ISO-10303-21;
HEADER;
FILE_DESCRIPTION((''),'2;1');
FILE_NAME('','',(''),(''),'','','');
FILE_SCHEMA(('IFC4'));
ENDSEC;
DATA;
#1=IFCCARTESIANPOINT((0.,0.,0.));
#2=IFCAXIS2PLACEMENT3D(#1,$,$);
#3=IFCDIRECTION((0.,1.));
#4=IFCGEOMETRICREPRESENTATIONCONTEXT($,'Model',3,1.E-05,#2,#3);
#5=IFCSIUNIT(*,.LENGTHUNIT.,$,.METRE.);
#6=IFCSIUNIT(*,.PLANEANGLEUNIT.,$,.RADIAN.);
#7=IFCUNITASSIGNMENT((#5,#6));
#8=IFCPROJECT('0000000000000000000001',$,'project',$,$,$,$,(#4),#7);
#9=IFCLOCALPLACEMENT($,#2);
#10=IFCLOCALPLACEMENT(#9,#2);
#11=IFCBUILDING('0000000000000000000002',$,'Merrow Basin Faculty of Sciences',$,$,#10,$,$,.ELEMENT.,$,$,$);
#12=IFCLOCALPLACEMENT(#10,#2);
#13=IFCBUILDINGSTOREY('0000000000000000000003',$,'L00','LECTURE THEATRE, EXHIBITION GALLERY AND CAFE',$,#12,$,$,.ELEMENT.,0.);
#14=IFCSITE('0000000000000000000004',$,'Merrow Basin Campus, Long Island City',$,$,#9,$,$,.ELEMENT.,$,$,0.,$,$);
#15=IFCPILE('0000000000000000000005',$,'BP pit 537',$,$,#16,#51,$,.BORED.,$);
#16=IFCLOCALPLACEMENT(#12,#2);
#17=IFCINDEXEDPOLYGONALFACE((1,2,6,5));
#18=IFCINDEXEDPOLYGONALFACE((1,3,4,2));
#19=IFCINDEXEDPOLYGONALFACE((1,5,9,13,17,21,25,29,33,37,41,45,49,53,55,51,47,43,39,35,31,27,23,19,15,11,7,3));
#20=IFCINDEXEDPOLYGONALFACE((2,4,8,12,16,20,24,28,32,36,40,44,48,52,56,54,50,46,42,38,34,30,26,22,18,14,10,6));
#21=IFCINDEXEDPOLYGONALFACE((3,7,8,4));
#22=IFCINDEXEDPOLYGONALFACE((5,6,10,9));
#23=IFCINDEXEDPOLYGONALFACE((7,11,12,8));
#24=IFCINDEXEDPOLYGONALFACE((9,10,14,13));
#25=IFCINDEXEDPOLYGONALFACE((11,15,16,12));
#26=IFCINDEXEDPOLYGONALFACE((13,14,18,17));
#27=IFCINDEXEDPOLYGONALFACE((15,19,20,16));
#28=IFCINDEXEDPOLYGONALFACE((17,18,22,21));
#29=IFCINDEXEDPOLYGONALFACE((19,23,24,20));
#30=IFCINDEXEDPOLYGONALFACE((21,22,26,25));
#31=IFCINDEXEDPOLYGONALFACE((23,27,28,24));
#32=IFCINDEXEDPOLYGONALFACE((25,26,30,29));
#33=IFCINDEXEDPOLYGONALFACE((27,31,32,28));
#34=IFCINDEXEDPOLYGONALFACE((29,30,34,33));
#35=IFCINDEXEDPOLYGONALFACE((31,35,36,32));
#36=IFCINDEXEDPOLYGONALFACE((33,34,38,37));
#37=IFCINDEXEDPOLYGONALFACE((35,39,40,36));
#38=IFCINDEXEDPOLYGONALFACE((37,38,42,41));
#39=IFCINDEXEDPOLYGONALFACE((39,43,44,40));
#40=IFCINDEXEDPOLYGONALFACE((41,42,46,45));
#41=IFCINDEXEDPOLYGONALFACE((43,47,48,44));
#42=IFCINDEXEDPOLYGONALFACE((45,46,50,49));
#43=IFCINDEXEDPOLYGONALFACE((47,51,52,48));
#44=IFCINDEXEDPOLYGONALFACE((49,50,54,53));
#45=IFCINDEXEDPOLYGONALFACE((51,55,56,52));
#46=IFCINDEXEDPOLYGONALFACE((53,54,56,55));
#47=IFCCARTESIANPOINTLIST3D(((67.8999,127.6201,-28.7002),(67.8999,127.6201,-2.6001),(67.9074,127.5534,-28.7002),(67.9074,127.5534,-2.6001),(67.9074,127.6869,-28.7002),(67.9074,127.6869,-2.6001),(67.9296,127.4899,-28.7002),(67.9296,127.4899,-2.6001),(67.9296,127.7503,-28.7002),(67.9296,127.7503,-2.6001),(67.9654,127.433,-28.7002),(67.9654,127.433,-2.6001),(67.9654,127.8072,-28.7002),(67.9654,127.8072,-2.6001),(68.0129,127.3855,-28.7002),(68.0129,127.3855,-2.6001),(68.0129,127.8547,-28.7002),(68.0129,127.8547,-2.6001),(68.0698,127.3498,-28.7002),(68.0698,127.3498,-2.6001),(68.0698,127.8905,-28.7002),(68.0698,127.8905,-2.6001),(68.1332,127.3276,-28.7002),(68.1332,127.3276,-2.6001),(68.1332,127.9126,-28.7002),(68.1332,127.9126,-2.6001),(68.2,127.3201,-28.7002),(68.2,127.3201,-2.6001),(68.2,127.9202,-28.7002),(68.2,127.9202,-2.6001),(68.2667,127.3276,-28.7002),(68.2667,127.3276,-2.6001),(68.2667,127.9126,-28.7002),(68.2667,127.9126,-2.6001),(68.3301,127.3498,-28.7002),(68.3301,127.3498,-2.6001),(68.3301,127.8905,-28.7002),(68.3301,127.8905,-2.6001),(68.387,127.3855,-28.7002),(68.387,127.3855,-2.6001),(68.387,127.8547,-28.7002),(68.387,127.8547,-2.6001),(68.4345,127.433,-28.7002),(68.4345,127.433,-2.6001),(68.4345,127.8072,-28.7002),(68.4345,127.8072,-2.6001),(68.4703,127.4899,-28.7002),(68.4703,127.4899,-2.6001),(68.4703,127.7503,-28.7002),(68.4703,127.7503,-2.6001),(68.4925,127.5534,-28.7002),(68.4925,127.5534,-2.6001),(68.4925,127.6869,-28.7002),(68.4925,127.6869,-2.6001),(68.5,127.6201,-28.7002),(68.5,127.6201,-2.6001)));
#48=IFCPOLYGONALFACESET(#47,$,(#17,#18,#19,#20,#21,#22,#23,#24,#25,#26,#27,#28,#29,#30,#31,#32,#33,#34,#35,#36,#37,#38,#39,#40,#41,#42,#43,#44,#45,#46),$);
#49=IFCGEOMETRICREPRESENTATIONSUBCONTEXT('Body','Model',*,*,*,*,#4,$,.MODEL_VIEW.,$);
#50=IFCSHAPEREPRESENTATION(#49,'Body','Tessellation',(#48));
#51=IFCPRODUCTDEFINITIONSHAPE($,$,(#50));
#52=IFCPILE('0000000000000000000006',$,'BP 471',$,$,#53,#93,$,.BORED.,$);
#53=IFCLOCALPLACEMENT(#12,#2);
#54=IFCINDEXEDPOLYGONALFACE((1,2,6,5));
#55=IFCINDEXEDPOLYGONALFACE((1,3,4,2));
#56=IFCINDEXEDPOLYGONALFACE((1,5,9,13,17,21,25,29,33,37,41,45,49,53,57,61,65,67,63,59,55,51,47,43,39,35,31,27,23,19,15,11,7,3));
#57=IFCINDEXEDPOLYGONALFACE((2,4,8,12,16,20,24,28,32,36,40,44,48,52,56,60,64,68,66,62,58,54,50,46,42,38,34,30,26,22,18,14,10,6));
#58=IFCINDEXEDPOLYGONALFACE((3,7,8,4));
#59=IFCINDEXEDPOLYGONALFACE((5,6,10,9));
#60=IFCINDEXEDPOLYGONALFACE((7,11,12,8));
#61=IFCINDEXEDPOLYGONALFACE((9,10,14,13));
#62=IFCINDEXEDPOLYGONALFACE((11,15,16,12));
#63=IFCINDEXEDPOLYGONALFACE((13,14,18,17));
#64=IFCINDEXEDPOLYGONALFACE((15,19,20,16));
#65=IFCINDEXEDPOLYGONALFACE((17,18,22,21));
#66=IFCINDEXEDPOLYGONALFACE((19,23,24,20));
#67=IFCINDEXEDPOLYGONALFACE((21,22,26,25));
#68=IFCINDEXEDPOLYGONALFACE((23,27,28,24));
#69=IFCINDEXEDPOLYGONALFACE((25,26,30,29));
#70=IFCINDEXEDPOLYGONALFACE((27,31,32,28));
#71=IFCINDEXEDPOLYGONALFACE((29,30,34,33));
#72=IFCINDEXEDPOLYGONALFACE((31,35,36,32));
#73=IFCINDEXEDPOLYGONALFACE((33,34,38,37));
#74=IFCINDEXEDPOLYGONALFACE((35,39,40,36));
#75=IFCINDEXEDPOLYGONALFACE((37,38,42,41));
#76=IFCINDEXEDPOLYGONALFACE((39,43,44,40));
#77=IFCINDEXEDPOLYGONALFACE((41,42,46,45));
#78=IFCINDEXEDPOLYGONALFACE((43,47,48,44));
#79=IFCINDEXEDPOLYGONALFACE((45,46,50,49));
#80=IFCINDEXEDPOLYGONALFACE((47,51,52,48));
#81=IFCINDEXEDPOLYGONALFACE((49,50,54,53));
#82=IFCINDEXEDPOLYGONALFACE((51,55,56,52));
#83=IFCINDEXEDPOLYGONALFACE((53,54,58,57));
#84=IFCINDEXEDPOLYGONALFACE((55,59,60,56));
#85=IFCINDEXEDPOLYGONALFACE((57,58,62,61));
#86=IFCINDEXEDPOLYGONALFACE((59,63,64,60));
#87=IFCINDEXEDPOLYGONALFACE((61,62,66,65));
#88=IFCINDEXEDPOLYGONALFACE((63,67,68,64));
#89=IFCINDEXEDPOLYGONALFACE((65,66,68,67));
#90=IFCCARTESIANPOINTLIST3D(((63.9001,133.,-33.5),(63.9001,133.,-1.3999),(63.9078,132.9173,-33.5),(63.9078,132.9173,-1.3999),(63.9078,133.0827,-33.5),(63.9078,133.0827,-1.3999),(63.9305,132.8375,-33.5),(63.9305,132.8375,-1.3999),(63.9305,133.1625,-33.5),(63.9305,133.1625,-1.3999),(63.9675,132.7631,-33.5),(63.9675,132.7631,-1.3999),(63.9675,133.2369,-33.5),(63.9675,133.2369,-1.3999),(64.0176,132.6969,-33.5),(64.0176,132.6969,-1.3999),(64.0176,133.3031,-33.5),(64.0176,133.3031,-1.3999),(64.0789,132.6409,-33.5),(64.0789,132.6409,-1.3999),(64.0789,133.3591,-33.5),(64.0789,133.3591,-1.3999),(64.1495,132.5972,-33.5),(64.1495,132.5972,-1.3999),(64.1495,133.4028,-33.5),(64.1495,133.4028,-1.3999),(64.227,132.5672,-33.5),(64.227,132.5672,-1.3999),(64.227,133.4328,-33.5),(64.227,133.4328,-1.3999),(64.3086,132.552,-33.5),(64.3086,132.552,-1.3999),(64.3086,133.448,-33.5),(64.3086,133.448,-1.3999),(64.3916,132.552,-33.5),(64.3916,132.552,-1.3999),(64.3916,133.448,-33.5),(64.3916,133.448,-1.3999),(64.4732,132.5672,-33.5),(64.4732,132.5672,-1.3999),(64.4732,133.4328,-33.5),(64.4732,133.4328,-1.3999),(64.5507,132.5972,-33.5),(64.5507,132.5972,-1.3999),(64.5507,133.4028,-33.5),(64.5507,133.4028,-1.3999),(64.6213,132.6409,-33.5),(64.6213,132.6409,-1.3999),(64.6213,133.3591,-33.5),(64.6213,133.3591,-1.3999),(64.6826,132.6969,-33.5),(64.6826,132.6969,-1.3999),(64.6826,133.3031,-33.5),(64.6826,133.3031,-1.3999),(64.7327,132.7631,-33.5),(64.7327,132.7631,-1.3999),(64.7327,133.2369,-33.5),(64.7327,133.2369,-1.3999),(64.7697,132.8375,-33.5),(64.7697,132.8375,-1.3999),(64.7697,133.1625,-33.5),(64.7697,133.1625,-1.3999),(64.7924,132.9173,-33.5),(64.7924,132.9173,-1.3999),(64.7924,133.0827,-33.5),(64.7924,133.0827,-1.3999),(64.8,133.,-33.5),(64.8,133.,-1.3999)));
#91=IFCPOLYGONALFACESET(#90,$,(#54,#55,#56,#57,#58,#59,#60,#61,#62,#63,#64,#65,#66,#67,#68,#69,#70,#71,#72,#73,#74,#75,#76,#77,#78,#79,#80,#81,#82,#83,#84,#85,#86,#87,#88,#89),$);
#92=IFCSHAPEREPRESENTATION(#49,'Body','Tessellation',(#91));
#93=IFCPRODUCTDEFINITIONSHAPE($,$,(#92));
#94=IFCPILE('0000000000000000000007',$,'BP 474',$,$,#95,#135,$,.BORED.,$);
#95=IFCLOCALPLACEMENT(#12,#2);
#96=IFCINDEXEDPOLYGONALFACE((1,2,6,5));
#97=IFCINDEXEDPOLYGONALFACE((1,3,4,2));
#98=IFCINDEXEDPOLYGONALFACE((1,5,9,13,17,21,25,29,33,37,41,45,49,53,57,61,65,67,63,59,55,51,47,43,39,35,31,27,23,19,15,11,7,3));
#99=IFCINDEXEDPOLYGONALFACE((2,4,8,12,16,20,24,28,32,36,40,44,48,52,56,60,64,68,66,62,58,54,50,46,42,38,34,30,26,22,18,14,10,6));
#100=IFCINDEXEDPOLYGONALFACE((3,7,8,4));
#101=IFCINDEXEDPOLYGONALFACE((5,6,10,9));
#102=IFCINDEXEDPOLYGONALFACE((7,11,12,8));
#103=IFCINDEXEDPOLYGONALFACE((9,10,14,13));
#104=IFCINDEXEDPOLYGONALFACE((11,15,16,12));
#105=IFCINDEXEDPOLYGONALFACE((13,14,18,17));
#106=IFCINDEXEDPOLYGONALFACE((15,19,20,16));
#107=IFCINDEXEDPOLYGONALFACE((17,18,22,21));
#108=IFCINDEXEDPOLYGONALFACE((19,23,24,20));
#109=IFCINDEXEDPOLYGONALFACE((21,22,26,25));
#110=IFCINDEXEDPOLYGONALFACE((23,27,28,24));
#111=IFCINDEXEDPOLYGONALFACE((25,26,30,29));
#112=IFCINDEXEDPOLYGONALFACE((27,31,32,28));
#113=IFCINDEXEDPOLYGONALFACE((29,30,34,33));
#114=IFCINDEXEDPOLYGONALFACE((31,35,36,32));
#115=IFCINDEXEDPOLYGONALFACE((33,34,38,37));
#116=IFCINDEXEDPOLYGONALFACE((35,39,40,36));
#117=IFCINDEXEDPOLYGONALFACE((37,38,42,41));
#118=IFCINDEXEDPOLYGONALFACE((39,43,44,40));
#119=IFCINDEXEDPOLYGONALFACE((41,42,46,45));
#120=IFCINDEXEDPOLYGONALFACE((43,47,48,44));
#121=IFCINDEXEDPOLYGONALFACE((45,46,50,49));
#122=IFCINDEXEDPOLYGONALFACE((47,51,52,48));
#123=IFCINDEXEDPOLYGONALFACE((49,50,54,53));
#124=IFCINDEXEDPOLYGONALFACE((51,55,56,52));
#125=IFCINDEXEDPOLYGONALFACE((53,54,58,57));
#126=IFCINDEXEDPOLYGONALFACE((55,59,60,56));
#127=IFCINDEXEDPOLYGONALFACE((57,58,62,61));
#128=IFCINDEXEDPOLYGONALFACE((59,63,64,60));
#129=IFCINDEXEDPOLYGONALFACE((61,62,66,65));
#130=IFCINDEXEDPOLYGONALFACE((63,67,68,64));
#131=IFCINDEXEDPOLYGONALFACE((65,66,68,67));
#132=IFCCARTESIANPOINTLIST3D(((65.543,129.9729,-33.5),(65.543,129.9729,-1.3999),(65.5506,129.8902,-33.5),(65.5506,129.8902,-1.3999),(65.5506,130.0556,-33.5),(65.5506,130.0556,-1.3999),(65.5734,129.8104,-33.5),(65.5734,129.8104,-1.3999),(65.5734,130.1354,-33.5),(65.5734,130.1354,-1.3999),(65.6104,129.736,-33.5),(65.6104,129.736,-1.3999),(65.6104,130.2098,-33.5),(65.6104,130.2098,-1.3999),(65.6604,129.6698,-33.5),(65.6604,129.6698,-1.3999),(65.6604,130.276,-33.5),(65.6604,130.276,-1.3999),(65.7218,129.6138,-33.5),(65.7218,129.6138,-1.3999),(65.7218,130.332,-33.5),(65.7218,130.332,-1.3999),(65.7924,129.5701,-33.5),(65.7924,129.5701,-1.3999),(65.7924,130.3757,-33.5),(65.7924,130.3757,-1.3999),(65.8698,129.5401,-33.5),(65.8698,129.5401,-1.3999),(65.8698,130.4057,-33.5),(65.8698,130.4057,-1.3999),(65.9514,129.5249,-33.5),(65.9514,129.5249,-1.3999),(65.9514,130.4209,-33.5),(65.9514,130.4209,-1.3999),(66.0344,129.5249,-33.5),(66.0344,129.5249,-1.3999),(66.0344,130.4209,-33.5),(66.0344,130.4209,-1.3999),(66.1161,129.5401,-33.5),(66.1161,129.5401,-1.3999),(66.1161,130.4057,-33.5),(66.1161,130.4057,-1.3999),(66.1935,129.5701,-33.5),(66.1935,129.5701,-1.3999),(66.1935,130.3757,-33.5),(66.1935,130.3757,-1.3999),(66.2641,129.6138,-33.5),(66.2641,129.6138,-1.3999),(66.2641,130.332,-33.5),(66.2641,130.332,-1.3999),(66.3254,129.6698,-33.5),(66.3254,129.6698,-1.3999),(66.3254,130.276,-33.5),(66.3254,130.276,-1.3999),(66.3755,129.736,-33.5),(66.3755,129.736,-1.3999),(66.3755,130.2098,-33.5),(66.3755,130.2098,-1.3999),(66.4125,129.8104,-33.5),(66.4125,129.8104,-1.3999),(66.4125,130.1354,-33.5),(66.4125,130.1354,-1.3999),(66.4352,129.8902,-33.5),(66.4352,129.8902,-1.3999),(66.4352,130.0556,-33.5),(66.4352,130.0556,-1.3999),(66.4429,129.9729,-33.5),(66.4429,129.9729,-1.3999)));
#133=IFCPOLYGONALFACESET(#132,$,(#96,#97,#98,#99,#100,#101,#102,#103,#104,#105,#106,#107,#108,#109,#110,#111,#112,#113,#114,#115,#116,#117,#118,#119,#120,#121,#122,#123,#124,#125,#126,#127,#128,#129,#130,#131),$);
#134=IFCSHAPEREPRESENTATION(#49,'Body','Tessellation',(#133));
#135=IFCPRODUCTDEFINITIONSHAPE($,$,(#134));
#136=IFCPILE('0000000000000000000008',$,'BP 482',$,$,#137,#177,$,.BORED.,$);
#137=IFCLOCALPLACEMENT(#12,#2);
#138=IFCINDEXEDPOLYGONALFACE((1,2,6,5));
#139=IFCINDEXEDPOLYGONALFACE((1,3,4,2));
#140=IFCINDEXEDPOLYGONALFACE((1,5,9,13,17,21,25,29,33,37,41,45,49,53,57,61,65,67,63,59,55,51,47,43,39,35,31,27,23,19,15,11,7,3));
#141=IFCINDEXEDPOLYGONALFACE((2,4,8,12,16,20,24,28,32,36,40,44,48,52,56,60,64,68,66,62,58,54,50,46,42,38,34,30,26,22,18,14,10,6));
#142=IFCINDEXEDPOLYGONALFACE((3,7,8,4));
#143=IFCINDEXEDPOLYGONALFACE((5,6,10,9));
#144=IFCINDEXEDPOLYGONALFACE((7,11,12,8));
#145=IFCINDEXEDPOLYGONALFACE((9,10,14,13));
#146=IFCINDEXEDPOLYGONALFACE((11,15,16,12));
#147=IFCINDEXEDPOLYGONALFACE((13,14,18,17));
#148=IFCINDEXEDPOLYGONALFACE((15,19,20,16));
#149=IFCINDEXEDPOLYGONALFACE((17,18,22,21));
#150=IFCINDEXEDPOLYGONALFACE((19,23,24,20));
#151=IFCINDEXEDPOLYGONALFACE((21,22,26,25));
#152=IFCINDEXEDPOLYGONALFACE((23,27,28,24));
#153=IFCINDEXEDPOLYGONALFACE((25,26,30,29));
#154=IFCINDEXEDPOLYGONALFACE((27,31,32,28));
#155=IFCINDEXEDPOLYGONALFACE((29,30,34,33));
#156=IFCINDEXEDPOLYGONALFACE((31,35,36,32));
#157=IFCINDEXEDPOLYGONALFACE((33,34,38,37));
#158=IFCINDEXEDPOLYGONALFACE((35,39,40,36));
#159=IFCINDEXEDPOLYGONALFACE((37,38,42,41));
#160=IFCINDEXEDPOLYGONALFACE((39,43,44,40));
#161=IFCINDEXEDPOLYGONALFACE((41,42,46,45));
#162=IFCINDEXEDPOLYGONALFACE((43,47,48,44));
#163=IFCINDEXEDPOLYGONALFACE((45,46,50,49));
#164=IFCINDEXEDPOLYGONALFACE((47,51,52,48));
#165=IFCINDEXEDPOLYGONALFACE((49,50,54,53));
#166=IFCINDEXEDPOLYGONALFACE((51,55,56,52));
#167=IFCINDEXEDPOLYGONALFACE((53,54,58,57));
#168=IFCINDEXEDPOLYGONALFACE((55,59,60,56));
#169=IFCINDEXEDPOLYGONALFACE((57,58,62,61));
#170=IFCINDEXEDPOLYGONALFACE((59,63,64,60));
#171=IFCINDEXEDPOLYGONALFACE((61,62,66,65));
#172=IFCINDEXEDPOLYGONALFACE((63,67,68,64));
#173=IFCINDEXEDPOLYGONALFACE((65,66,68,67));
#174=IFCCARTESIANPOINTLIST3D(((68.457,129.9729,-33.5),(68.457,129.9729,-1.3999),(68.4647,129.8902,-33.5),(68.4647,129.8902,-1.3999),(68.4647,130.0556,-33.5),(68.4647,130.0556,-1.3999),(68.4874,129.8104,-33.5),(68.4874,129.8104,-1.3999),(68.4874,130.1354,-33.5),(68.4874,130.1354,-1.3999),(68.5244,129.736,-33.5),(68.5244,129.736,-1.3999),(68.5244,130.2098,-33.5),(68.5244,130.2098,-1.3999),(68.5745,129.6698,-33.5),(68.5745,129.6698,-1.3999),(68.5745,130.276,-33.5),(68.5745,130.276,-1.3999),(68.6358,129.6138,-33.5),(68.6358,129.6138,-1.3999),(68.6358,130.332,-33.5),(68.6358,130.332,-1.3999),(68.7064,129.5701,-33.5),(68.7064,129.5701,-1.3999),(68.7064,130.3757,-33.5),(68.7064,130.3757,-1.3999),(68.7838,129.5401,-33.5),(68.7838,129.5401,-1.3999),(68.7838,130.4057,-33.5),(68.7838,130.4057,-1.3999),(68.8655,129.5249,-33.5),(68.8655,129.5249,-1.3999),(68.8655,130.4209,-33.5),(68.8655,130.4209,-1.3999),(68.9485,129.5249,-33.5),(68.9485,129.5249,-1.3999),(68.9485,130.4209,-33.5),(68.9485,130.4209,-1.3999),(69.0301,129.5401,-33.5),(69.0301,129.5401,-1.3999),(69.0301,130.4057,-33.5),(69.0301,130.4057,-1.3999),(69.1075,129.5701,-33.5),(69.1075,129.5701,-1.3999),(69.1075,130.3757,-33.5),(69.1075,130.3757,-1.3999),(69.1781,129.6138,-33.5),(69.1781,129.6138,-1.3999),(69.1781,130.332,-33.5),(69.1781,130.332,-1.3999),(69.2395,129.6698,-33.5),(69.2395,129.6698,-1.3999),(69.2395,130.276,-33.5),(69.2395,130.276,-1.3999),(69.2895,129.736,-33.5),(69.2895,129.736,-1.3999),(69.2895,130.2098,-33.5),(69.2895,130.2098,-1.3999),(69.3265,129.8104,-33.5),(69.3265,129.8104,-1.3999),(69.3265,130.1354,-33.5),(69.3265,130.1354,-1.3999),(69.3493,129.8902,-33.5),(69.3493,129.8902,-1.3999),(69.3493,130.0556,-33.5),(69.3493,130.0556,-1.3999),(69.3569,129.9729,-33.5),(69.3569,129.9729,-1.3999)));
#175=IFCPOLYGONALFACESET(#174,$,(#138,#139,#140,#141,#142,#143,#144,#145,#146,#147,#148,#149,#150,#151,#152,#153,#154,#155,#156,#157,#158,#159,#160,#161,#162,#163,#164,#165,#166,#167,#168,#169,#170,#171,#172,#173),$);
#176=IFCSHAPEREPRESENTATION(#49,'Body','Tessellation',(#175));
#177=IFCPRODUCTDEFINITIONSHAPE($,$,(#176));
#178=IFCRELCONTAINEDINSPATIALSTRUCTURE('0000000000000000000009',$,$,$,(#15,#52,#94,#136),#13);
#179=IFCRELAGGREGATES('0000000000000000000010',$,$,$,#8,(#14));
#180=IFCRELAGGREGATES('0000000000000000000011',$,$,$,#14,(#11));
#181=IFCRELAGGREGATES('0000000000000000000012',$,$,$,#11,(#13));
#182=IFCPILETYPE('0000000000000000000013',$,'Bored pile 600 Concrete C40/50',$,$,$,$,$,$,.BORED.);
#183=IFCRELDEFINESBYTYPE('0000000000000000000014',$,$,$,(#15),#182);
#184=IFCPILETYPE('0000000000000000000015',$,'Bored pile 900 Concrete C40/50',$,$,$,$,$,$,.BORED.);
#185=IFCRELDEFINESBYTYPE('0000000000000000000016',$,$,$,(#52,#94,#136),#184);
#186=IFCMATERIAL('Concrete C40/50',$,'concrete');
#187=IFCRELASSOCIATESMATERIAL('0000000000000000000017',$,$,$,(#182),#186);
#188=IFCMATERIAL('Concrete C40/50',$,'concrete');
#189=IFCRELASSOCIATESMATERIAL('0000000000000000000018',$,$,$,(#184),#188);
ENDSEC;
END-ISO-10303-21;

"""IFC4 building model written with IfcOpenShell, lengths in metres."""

from ifc_helpers import new_model, si_unit, direction, frame, origin, origin_2d, place, context, subcontext, project, spatial, circle, extrude, material, material_profile, profile_set, type_object, element, save


model = new_model("IFC4")

# Units and contexts
model_context = context("Model", 3, precision=1e-05, world=origin(), true_north=direction((0.0, 1.0)))
body_context = subcontext(model_context, "Body", "Model", "MODEL_VIEW")
ifc_project = project(units=[si_unit("LENGTHUNIT", "METRE"), si_unit("PLANEANGLEUNIT", "RADIAN")], contexts=[model_context])

# Site, building, storey
site_placement = place(None, origin())
site = spatial("IfcSite", under=ifc_project, at=site_placement, Name="Merrow Basin Campus, Long Island City", CompositionType="ELEMENT", RefElevation=0.0)
building_placement = place(site_placement, origin())
building = spatial("IfcBuilding", under=site, at=building_placement, Name="Merrow Basin Faculty of Sciences", CompositionType="ELEMENT")
storey_placement = place(building_placement, origin())
storey = spatial("IfcBuildingStorey", under=building, at=storey_placement, Name="L00", Description="LECTURE THEATRE, EXHIBITION GALLERY AND CAFE", CompositionType="ELEMENT", Elevation=0.0)

# Piles
ifc_material_1 = material(Name="Concrete C40/50", Category="concrete")
ifc_material_profile_1 = material_profile(ifc_material_1, circle(Radius=0.3, at=origin_2d()))
ifc_profile_set_1 = profile_set([ifc_material_profile_1], Name="Concrete C40/50")
pile_type_1 = type_object("IfcPileType", Name="Bored pile 600 Concrete C40/50", PredefinedType="BORED", material=ifc_profile_set_1)
pile_placement = place(storey_placement, frame((68.2, 127.6201, -2.6001), z_axis=(0.0, 0.0, -1.0), x_axis=(1.0, 0.0, 0.0)))
element("IfcPile", 1, at=pile_placement, inside=storey, type_object=pile_type_1, Name="BP pit 537", PredefinedType="BORED", context=body_context, shape_type="SweptSolid", body=[
    extrude(circle(Radius=0.3, at=origin_2d()), origin(), (0.0, 0.0, 1.0), 26.1001),
])
ifc_material_2 = material(Name="Concrete C40/50", Category="concrete")
ifc_material_profile_2 = material_profile(ifc_material_2, circle(Radius=0.45, at=origin_2d()))
ifc_profile_set_2 = profile_set([ifc_material_profile_2], Name="Concrete C40/50")
pile_type_2 = type_object("IfcPileType", Name="Bored pile 900 Concrete C40/50", PredefinedType="BORED", material=ifc_profile_set_2)
for number, where, z_axis, x_axis, name in (
    (2, (64.3501, 133.0, -1.3999), (0.0, 0.0, -1.0), (1.0, 0.0, 0.0), "BP 471"),
    (3, (65.9929, 129.9729, -1.3999), (0.0, 0.0, -1.0), (1.0, 0.0, 0.0), "BP 474"),
    (4, (68.907, 129.9729, -1.3999), (0.0, 0.0, -1.0), (1.0, 0.0, 0.0), "BP 482"),
):
    element("IfcPile", number, at=place(storey_placement, frame(where, z_axis=z_axis, x_axis=x_axis)), inside=storey, type_object=pile_type_2, Name=name, PredefinedType="BORED", context=body_context, shape_type="SweptSolid", body=[
        extrude(circle(Radius=0.45, at=origin_2d()), origin(), (0.0, 0.0, 1.0), 32.1001),
    ])

save(model, "model.ifc")
